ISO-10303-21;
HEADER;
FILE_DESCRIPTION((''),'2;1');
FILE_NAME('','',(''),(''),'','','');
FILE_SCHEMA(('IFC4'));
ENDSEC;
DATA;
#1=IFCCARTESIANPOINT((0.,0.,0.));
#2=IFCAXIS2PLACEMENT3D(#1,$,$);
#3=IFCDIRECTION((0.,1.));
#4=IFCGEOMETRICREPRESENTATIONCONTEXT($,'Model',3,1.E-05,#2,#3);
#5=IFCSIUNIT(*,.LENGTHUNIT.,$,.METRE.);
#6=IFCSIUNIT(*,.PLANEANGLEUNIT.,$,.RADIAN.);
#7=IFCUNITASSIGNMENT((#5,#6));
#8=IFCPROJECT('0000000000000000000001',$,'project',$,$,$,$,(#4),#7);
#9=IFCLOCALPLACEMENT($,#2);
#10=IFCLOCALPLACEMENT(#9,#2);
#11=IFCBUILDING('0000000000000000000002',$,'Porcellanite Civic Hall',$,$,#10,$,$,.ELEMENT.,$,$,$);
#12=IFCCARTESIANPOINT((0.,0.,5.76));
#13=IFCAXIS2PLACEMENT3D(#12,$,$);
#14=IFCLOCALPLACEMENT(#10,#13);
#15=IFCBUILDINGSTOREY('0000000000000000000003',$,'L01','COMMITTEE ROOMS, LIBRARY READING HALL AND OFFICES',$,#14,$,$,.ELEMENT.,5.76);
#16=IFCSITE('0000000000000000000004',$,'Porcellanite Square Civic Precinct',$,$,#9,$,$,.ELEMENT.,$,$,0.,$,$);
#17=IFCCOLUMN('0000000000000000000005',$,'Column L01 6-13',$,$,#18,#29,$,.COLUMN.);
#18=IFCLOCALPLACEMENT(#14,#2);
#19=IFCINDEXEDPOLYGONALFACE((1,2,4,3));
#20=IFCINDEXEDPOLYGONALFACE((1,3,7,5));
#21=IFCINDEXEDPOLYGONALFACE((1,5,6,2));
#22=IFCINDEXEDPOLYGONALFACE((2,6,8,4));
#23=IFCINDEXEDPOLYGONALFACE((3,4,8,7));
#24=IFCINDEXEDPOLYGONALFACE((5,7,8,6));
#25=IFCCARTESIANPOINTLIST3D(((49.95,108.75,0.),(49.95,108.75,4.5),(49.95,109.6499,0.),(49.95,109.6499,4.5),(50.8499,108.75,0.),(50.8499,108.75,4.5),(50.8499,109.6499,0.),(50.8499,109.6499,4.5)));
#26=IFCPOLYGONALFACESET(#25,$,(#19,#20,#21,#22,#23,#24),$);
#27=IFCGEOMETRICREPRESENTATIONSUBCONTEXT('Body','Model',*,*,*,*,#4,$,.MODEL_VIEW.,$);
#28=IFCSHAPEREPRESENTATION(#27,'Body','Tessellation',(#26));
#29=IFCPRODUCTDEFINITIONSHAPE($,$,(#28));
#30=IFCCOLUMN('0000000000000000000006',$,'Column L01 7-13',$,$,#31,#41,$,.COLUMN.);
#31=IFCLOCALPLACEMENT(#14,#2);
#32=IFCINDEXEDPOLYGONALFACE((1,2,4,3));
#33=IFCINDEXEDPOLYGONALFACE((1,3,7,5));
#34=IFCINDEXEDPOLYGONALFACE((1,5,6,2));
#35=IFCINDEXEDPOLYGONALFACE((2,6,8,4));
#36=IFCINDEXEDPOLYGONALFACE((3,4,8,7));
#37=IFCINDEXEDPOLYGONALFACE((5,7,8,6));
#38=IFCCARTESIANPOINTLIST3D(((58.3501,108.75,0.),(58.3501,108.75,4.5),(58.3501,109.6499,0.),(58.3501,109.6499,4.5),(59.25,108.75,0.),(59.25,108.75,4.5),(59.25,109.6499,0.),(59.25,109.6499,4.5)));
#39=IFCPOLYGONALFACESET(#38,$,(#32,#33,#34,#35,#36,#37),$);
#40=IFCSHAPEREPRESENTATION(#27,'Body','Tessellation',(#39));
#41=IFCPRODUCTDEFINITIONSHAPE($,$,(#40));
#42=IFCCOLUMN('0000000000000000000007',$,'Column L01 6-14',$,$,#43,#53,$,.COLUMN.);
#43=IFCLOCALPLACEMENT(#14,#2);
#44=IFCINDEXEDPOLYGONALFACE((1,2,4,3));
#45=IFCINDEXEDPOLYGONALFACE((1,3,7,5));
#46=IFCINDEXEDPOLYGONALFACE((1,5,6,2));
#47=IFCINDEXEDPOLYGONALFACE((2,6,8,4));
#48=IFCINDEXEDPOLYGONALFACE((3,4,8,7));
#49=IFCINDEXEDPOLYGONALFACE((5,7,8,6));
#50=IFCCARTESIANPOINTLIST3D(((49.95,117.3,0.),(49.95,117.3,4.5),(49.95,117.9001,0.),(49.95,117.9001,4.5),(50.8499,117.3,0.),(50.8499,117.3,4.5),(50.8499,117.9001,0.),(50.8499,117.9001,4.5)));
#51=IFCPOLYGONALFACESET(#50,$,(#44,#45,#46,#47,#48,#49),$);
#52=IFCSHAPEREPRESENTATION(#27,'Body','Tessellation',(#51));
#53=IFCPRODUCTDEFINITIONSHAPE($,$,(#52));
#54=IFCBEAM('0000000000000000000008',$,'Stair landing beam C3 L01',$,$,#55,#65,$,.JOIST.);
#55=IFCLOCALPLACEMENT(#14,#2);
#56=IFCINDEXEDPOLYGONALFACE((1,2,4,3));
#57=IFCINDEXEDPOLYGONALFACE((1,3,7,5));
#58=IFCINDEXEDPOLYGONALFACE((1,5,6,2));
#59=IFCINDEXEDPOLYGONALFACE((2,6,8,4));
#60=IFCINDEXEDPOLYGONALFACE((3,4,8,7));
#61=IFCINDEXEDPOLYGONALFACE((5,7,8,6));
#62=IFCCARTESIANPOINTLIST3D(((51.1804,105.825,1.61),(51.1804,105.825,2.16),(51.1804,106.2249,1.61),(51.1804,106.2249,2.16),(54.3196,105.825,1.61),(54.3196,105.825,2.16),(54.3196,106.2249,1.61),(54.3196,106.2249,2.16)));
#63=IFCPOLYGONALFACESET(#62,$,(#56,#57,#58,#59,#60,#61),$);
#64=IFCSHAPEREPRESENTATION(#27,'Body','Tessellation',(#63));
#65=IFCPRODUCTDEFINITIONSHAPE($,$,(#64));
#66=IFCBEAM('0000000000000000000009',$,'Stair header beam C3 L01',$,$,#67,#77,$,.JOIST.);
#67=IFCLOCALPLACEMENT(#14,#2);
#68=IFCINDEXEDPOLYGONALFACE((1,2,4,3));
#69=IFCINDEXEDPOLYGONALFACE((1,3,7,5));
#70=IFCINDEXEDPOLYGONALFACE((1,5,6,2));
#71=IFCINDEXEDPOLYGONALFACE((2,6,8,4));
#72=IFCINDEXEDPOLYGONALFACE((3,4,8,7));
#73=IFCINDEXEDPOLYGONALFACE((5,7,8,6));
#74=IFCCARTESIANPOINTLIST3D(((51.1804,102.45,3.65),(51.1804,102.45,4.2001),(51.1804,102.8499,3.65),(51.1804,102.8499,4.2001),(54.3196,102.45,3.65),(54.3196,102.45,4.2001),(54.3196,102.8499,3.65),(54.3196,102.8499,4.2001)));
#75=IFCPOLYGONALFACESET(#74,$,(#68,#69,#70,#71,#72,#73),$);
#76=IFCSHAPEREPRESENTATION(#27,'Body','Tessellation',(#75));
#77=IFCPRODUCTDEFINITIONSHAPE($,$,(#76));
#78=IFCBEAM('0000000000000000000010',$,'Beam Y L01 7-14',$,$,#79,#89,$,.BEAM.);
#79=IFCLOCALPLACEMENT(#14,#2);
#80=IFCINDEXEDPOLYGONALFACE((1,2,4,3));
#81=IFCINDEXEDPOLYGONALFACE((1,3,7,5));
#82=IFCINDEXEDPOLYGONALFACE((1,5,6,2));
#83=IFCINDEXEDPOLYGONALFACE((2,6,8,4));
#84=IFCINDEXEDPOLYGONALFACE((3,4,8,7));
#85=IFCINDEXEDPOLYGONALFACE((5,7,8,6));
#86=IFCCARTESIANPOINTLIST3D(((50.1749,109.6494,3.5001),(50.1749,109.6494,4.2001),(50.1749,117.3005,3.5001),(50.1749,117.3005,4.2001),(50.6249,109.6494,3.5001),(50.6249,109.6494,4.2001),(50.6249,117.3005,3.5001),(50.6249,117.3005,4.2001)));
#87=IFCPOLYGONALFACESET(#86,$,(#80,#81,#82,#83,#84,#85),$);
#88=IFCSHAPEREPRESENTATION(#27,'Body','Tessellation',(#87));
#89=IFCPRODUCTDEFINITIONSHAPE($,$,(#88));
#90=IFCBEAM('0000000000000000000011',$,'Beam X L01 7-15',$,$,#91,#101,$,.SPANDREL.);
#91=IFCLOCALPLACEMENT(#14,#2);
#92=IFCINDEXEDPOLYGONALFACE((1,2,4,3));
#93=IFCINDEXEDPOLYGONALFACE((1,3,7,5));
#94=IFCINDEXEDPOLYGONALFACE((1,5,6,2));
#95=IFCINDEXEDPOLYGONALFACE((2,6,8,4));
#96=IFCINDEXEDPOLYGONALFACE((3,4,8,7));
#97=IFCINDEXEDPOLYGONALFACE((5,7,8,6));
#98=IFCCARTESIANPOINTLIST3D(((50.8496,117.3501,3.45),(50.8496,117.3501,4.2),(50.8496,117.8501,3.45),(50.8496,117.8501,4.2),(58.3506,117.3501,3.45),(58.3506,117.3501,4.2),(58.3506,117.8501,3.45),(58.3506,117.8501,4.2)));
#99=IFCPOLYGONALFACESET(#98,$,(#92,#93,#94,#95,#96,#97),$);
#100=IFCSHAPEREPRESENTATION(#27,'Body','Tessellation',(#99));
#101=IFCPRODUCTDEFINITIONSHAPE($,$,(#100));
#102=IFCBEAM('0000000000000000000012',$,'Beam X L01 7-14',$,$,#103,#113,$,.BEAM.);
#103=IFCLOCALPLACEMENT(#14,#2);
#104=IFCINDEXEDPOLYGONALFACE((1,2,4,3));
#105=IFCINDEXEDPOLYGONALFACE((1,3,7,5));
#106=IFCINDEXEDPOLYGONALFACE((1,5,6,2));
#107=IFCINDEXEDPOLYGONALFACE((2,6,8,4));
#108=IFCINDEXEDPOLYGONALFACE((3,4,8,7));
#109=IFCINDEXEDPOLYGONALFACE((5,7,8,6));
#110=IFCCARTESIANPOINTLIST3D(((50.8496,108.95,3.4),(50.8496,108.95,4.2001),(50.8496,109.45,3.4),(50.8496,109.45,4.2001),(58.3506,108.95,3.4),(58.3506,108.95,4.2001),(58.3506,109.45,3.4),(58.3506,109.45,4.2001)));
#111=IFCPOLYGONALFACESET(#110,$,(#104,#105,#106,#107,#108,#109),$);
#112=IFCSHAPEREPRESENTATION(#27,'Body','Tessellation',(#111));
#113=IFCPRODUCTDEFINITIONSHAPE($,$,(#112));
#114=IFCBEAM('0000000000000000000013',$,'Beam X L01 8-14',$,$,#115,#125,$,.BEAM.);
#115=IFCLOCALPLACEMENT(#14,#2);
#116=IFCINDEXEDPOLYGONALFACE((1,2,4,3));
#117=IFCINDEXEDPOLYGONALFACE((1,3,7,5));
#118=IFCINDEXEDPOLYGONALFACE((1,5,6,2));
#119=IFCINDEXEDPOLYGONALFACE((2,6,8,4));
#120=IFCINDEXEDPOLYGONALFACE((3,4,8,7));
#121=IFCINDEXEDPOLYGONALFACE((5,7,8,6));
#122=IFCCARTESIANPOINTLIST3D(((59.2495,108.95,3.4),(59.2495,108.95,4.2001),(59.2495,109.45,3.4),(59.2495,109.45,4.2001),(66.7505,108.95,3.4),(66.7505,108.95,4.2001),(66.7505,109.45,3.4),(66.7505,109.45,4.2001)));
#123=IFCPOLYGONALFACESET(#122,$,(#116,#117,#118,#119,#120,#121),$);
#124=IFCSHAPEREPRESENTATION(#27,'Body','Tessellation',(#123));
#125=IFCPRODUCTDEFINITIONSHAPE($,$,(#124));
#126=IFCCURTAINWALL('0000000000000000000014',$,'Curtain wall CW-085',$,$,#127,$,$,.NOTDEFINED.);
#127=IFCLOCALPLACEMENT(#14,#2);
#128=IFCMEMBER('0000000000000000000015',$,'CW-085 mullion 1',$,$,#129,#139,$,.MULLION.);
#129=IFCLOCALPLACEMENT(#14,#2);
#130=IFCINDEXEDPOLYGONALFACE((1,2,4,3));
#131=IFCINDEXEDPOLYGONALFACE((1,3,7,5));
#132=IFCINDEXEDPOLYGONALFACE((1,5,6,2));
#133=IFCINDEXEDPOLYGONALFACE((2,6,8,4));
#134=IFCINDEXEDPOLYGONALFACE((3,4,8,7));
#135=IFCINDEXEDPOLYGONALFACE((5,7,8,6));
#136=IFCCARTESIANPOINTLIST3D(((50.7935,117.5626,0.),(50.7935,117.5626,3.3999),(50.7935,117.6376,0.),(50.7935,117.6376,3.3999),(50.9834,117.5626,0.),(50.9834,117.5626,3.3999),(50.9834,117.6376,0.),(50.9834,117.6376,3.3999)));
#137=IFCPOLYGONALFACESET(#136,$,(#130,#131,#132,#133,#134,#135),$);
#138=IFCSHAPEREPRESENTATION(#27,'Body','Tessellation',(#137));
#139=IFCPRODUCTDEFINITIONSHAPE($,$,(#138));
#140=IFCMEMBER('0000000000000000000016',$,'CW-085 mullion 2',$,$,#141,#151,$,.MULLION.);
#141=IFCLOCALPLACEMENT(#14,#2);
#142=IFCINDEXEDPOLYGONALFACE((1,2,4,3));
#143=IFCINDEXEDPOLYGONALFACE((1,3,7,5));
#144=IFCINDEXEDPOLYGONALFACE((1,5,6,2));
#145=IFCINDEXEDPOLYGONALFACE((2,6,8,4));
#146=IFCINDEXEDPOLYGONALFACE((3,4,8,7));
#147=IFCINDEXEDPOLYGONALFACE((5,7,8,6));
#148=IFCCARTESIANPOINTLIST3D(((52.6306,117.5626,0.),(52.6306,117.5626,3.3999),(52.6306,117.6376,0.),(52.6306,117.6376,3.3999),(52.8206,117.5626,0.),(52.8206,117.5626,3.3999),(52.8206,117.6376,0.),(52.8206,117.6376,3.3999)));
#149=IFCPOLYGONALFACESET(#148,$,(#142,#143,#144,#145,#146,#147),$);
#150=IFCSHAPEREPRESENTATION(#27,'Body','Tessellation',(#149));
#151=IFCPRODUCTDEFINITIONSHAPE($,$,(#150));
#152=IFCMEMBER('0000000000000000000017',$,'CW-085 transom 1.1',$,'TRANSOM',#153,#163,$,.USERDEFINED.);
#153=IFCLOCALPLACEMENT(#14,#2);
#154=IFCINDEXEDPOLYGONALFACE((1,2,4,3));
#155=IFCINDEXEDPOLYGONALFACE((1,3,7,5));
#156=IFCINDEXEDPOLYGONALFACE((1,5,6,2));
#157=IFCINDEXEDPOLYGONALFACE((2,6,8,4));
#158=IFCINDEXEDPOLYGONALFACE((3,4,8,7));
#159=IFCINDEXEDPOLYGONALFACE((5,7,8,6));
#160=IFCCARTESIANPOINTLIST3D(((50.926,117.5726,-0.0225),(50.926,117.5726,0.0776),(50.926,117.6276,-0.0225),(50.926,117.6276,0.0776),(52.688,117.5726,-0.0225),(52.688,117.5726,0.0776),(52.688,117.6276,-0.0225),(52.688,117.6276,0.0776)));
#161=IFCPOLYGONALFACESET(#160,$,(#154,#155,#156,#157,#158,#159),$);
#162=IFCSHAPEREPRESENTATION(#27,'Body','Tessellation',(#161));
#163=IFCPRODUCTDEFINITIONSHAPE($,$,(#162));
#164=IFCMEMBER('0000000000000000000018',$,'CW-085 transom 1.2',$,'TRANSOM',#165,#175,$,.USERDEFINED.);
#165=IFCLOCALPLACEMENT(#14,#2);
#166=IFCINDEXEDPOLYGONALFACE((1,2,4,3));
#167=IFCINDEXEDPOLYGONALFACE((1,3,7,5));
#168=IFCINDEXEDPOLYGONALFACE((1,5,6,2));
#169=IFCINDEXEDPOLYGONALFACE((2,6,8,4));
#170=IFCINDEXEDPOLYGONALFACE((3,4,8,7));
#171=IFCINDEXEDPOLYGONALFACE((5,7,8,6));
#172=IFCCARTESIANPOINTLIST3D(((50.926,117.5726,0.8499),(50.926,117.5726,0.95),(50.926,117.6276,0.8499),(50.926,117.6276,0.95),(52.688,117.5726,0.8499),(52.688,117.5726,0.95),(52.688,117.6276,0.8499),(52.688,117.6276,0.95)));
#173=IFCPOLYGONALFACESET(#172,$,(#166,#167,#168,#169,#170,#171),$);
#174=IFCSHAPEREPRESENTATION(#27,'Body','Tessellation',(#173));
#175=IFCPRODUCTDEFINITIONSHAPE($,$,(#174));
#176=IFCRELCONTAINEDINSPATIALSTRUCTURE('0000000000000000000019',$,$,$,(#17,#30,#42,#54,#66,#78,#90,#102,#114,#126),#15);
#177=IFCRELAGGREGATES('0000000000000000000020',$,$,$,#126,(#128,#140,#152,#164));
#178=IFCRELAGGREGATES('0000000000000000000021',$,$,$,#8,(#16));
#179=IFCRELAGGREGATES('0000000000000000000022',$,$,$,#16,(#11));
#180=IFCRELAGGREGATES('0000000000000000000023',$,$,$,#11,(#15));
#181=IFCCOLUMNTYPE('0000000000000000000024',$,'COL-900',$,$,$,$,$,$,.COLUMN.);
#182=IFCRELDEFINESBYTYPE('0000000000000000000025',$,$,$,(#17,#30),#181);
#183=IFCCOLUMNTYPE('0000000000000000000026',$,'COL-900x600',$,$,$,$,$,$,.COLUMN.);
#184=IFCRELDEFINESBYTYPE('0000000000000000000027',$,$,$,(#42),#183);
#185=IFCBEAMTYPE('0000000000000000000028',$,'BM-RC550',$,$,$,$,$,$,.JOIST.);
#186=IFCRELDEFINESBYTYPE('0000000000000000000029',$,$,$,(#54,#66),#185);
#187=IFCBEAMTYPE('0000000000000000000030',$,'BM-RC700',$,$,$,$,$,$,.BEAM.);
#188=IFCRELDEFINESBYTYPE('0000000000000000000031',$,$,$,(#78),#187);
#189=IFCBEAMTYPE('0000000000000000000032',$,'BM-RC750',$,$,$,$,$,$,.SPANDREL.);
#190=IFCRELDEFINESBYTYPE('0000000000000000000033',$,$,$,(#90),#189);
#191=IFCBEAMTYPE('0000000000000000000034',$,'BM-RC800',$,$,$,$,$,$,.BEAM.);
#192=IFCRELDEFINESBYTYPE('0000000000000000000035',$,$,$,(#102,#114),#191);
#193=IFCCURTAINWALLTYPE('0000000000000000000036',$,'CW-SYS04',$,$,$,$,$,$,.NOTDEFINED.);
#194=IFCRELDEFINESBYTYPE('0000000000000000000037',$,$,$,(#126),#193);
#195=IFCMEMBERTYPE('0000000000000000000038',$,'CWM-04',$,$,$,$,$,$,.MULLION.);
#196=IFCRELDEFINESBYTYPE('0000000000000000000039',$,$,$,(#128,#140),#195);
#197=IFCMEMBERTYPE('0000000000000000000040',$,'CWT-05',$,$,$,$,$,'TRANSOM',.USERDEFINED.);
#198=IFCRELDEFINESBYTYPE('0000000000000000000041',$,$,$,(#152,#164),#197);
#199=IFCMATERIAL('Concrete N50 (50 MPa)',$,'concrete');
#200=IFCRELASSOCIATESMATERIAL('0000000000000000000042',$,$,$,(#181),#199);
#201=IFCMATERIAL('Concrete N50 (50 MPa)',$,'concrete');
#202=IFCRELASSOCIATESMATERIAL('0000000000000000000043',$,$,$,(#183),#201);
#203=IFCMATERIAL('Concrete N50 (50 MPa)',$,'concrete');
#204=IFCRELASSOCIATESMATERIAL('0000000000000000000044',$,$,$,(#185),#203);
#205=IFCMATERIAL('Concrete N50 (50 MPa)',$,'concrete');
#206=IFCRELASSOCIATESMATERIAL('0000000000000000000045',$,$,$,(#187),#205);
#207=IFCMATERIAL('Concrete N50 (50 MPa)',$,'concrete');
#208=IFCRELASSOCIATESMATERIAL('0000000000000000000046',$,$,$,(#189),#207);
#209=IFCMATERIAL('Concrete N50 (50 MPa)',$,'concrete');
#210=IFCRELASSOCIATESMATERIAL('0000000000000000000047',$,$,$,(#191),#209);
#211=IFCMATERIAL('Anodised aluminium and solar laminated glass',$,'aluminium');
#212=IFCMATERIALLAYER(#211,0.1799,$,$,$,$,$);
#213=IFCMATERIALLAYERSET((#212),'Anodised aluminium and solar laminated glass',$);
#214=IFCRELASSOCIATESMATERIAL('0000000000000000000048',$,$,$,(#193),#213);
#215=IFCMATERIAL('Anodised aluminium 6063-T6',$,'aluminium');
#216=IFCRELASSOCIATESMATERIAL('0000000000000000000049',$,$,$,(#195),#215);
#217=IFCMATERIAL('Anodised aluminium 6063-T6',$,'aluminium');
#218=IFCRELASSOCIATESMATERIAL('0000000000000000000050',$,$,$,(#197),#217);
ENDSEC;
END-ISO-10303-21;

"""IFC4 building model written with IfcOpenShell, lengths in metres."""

from ifc_helpers import new_model, si_unit, direction, frame, origin, origin_2d, place, context, subcontext, project, spatial, rectangle, extrude, material, layer, layer_set, material_profile, profile_set, type_object, element, aggregate, save


model = new_model("IFC4")

# Units and contexts
model_context = context("Model", 3, precision=1e-05, world=origin(), true_north=direction((0.0, 1.0)))
body_context = subcontext(model_context, "Body", "Model", "MODEL_VIEW")
ifc_project = project(units=[si_unit("LENGTHUNIT", "METRE"), si_unit("PLANEANGLEUNIT", "RADIAN")], contexts=[model_context])

# Site, building, storey
site_placement = place(None, origin())
site = spatial("IfcSite", under=ifc_project, at=site_placement, Name="Porcellanite Square Civic Precinct", CompositionType="ELEMENT", RefElevation=0.0)
building_placement = place(site_placement, origin())
building = spatial("IfcBuilding", under=site, at=building_placement, Name="Porcellanite Civic Hall", CompositionType="ELEMENT")
storey_placement = place(building_placement, frame((0.0, 0.0, 5.76)))
storey = spatial("IfcBuildingStorey", under=building, at=storey_placement, Name="L01", Description="COMMITTEE ROOMS, LIBRARY READING HALL AND OFFICES", CompositionType="ELEMENT", Elevation=5.76)

# Columns
ifc_material_1 = material(Name="Concrete N50 (50 MPa)", Category="concrete")
ifc_material_profile_1 = material_profile(ifc_material_1, rectangle(XDim=0.8999, YDim=0.8999, at=origin_2d()), Name="RC-900x900")
ifc_profile_set_1 = profile_set([ifc_material_profile_1], Name="Concrete N50 (50 MPa)")
column_type_1 = type_object("IfcColumnType", Name="COL-900", PredefinedType="COLUMN", material=ifc_profile_set_1)
for number, where, z_axis, x_axis, name in (
    (1, (50.3999, 109.2, 0.0), (0.0, 0.0, 1.0), (1.0, 0.0, 0.0), "Column L01 6-13"),
    (2, (58.8, 109.2, 0.0), (0.0, 0.0, 1.0), (1.0, 0.0, 0.0), "Column L01 7-13"),
):
    element("IfcColumn", number, at=place(storey_placement, frame(where, z_axis=z_axis, x_axis=x_axis)), inside=storey, type_object=column_type_1, Name=name, PredefinedType="COLUMN", context=body_context, shape_type="SweptSolid", body=[
        extrude(rectangle(XDim=0.8999, YDim=0.8999, at=origin_2d()), origin(), (0.0, 0.0, 1.0), 4.5),
    ])
ifc_material_2 = material(Name="Concrete N50 (50 MPa)", Category="concrete")
ifc_material_profile_2 = material_profile(ifc_material_2, rectangle(XDim=0.8999, YDim=0.6001, at=origin_2d()), Name="RC-900x600")
ifc_profile_set_2 = profile_set([ifc_material_profile_2], Name="Concrete N50 (50 MPa)")
column_type_2 = type_object("IfcColumnType", Name="COL-900x600", PredefinedType="COLUMN", material=ifc_profile_set_2)
column_placement = place(storey_placement, frame((50.3999, 117.6001, 0.0), z_axis=(0.0, 0.0, 1.0), x_axis=(1.0, 0.0, 0.0)))
element("IfcColumn", 3, at=column_placement, inside=storey, type_object=column_type_2, Name="Column L01 6-14", PredefinedType="COLUMN", context=body_context, shape_type="SweptSolid", body=[
    extrude(rectangle(XDim=0.8999, YDim=0.6001, at=origin_2d()), origin(), (0.0, 0.0, 1.0), 4.5),
])

# Beams
ifc_material_3 = material(Name="Concrete N50 (50 MPa)", Category="concrete")
ifc_material_profile_3 = material_profile(ifc_material_3, rectangle(XDim=0.3999, YDim=0.55, at=origin_2d()), Name="RC-400x550")
ifc_profile_set_3 = profile_set([ifc_material_profile_3], Name="Concrete N50 (50 MPa)")
beam_type_1 = type_object("IfcBeamType", Name="BM-RC550", PredefinedType="JOIST", material=ifc_profile_set_3)
for number, where, z_axis, x_axis, name in (
    (4, (51.1804, 106.0249, 1.885), (1.0, 0.0, 0.0), (0.0, 1.0, 0.0), "Stair landing beam C3 L01"),
    (5, (51.1804, 102.6499, 3.925), (1.0, 0.0, 0.0), (0.0, 1.0, 0.0), "Stair header beam C3 L01"),
):
    element("IfcBeam", number, at=place(storey_placement, frame(where, z_axis=z_axis, x_axis=x_axis)), inside=storey, type_object=beam_type_1, Name=name, PredefinedType="JOIST", context=body_context, shape_type="SweptSolid", body=[
        extrude(rectangle(XDim=0.3999, YDim=0.55, at=origin_2d()), origin(), (0.0, 0.0, 1.0), 3.1392),
    ])
ifc_material_4 = material(Name="Concrete N50 (50 MPa)", Category="concrete")
ifc_material_profile_4 = material_profile(ifc_material_4, rectangle(XDim=0.45, YDim=0.7, at=origin_2d()), Name="RC-450x700")
ifc_profile_set_4 = profile_set([ifc_material_profile_4], Name="Concrete N50 (50 MPa)")
beam_type_2 = type_object("IfcBeamType", Name="BM-RC700", PredefinedType="BEAM", material=ifc_profile_set_4)
beam_1_placement = place(storey_placement, frame((50.3999, 109.6494, 3.8501), z_axis=(0.0, 1.0, 0.0), x_axis=(-1.0, 0.0, 0.0)))
element("IfcBeam", 6, at=beam_1_placement, inside=storey, type_object=beam_type_2, Name="Beam Y L01 7-14", PredefinedType="BEAM", context=body_context, shape_type="SweptSolid", body=[
    extrude(rectangle(XDim=0.45, YDim=0.7, at=origin_2d()), origin(), (0.0, 0.0, 1.0), 7.6511),
])
ifc_material_5 = material(Name="Concrete N50 (50 MPa)", Category="concrete")
ifc_material_profile_5 = material_profile(ifc_material_5, rectangle(XDim=0.5, YDim=0.75, at=origin_2d()), Name="RC-500x750")
ifc_profile_set_5 = profile_set([ifc_material_profile_5], Name="Concrete N50 (50 MPa)")
beam_type_3 = type_object("IfcBeamType", Name="BM-RC750", PredefinedType="SPANDREL", material=ifc_profile_set_5)
beam_2_placement = place(storey_placement, frame((50.8496, 117.6001, 3.825), z_axis=(1.0, 0.0, 0.0), x_axis=(0.0, 1.0, 0.0)))
element("IfcBeam", 7, at=beam_2_placement, inside=storey, type_object=beam_type_3, Name="Beam X L01 7-15", PredefinedType="SPANDREL", context=body_context, shape_type="SweptSolid", body=[
    extrude(rectangle(XDim=0.5, YDim=0.75, at=origin_2d()), origin(), (0.0, 0.0, 1.0), 7.501),
])
ifc_material_6 = material(Name="Concrete N50 (50 MPa)", Category="concrete")
ifc_material_profile_6 = material_profile(ifc_material_6, rectangle(XDim=0.5, YDim=0.8, at=origin_2d()), Name="RC-500x800")
ifc_profile_set_6 = profile_set([ifc_material_profile_6], Name="Concrete N50 (50 MPa)")
beam_type_4 = type_object("IfcBeamType", Name="BM-RC800", PredefinedType="BEAM", material=ifc_profile_set_6)
for number, where, z_axis, x_axis, name in (
    (8, (50.8496, 109.2, 3.8), (1.0, 0.0, 0.0), (0.0, 1.0, 0.0), "Beam X L01 7-14"),
    (9, (59.2495, 109.2, 3.8), (1.0, 0.0, 0.0), (0.0, 1.0, 0.0), "Beam X L01 8-14"),
):
    element("IfcBeam", number, at=place(storey_placement, frame(where, z_axis=z_axis, x_axis=x_axis)), inside=storey, type_object=beam_type_4, Name=name, PredefinedType="BEAM", context=body_context, shape_type="SweptSolid", body=[
        extrude(rectangle(XDim=0.5, YDim=0.8, at=origin_2d()), origin(), (0.0, 0.0, 1.0), 7.501),
    ])

# Curtain wall, members
ifc_material_7 = material(Name="Anodised aluminium and solar laminated glass", Category="aluminium")
ifc_layer_1 = layer(ifc_material_7, 0.1799)
ifc_layer_set_1 = layer_set([ifc_layer_1], Name="Anodised aluminium and solar laminated glass")
curtain_wall_type = type_object("IfcCurtainWallType", Name="CW-SYS04", PredefinedType="NOTDEFINED", material=ifc_layer_set_1)
curtain_wall_placement = place(storey_placement, origin())
curtain_wall = element("IfcCurtainWall", 10, at=curtain_wall_placement, inside=storey, type_object=curtain_wall_type, Name="Curtain wall CW-085", PredefinedType="NOTDEFINED")
ifc_material_8 = material(Name="Anodised aluminium 6063-T6", Category="aluminium")
ifc_material_profile_7 = material_profile(ifc_material_8, rectangle(XDim=0.075, YDim=0.1899, at=origin_2d()), Name="AL-75x190")
ifc_profile_set_7 = profile_set([ifc_material_profile_7], Name="Anodised aluminium 6063-T6")
member_type_1 = type_object("IfcMemberType", Name="CWM-04", PredefinedType="MULLION", material=ifc_profile_set_7)
member_1_placement = place(storey_placement, frame((50.8884, 117.6001, 0.0), z_axis=(0.0, 0.0, 1.0), x_axis=(0.0, 1.0, 0.0)))
member_1 = element("IfcMember", 11, at=member_1_placement, type_object=member_type_1, Name="CW-085 mullion 1", PredefinedType="MULLION", context=body_context, shape_type="SweptSolid", body=[
    extrude(rectangle(XDim=0.075, YDim=0.1899, at=origin_2d()), origin(), (0.0, 0.0, 1.0), 3.3999),
])
member_2_placement = place(storey_placement, frame((52.7256, 117.6001, 0.0), z_axis=(0.0, 0.0, 1.0), x_axis=(0.0, 1.0, 0.0)))
member_2 = element("IfcMember", 12, at=member_2_placement, type_object=member_type_1, Name="CW-085 mullion 2", PredefinedType="MULLION", context=body_context, shape_type="SweptSolid", body=[
    extrude(rectangle(XDim=0.075, YDim=0.1899, at=origin_2d()), origin(), (0.0, 0.0, 1.0), 3.3999),
])
ifc_material_9 = material(Name="Anodised aluminium 6063-T6", Category="aluminium")
ifc_material_profile_8 = material_profile(ifc_material_9, rectangle(XDim=0.0549, YDim=0.1001, at=origin_2d()), Name="AL-55x100")
ifc_profile_set_8 = profile_set([ifc_material_profile_8], Name="Anodised aluminium 6063-T6")
member_type_2 = type_object("IfcMemberType", Name="CWT-05", ElementType="TRANSOM", PredefinedType="USERDEFINED", material=ifc_profile_set_8)
member_3_placement = place(storey_placement, frame((50.926, 117.6001, 0.0276), z_axis=(1.0, 0.0, 0.0), x_axis=(0.0, 1.0, 0.0)))
member_3 = element("IfcMember", 13, at=member_3_placement, type_object=member_type_2, Name="CW-085 transom 1.1", ObjectType="TRANSOM", PredefinedType="USERDEFINED", context=body_context, shape_type="SweptSolid", body=[
    extrude(rectangle(XDim=0.0549, YDim=0.1001, at=origin_2d()), origin(), (0.0, 0.0, 1.0), 1.762),
])
member_4_placement = place(storey_placement, frame((50.926, 117.6001, 0.8999), z_axis=(1.0, 0.0, 0.0), x_axis=(0.0, 1.0, 0.0)))
member_4 = element("IfcMember", 14, at=member_4_placement, type_object=member_type_2, Name="CW-085 transom 1.2", ObjectType="TRANSOM", PredefinedType="USERDEFINED", context=body_context, shape_type="SweptSolid", body=[
    extrude(rectangle(XDim=0.0549, YDim=0.1001, at=origin_2d()), origin(), (0.0, 0.0, 1.0), 1.762),
])

aggregate(curtain_wall, [member_1, member_2, member_3, member_4])

save(model, "model.ifc")
